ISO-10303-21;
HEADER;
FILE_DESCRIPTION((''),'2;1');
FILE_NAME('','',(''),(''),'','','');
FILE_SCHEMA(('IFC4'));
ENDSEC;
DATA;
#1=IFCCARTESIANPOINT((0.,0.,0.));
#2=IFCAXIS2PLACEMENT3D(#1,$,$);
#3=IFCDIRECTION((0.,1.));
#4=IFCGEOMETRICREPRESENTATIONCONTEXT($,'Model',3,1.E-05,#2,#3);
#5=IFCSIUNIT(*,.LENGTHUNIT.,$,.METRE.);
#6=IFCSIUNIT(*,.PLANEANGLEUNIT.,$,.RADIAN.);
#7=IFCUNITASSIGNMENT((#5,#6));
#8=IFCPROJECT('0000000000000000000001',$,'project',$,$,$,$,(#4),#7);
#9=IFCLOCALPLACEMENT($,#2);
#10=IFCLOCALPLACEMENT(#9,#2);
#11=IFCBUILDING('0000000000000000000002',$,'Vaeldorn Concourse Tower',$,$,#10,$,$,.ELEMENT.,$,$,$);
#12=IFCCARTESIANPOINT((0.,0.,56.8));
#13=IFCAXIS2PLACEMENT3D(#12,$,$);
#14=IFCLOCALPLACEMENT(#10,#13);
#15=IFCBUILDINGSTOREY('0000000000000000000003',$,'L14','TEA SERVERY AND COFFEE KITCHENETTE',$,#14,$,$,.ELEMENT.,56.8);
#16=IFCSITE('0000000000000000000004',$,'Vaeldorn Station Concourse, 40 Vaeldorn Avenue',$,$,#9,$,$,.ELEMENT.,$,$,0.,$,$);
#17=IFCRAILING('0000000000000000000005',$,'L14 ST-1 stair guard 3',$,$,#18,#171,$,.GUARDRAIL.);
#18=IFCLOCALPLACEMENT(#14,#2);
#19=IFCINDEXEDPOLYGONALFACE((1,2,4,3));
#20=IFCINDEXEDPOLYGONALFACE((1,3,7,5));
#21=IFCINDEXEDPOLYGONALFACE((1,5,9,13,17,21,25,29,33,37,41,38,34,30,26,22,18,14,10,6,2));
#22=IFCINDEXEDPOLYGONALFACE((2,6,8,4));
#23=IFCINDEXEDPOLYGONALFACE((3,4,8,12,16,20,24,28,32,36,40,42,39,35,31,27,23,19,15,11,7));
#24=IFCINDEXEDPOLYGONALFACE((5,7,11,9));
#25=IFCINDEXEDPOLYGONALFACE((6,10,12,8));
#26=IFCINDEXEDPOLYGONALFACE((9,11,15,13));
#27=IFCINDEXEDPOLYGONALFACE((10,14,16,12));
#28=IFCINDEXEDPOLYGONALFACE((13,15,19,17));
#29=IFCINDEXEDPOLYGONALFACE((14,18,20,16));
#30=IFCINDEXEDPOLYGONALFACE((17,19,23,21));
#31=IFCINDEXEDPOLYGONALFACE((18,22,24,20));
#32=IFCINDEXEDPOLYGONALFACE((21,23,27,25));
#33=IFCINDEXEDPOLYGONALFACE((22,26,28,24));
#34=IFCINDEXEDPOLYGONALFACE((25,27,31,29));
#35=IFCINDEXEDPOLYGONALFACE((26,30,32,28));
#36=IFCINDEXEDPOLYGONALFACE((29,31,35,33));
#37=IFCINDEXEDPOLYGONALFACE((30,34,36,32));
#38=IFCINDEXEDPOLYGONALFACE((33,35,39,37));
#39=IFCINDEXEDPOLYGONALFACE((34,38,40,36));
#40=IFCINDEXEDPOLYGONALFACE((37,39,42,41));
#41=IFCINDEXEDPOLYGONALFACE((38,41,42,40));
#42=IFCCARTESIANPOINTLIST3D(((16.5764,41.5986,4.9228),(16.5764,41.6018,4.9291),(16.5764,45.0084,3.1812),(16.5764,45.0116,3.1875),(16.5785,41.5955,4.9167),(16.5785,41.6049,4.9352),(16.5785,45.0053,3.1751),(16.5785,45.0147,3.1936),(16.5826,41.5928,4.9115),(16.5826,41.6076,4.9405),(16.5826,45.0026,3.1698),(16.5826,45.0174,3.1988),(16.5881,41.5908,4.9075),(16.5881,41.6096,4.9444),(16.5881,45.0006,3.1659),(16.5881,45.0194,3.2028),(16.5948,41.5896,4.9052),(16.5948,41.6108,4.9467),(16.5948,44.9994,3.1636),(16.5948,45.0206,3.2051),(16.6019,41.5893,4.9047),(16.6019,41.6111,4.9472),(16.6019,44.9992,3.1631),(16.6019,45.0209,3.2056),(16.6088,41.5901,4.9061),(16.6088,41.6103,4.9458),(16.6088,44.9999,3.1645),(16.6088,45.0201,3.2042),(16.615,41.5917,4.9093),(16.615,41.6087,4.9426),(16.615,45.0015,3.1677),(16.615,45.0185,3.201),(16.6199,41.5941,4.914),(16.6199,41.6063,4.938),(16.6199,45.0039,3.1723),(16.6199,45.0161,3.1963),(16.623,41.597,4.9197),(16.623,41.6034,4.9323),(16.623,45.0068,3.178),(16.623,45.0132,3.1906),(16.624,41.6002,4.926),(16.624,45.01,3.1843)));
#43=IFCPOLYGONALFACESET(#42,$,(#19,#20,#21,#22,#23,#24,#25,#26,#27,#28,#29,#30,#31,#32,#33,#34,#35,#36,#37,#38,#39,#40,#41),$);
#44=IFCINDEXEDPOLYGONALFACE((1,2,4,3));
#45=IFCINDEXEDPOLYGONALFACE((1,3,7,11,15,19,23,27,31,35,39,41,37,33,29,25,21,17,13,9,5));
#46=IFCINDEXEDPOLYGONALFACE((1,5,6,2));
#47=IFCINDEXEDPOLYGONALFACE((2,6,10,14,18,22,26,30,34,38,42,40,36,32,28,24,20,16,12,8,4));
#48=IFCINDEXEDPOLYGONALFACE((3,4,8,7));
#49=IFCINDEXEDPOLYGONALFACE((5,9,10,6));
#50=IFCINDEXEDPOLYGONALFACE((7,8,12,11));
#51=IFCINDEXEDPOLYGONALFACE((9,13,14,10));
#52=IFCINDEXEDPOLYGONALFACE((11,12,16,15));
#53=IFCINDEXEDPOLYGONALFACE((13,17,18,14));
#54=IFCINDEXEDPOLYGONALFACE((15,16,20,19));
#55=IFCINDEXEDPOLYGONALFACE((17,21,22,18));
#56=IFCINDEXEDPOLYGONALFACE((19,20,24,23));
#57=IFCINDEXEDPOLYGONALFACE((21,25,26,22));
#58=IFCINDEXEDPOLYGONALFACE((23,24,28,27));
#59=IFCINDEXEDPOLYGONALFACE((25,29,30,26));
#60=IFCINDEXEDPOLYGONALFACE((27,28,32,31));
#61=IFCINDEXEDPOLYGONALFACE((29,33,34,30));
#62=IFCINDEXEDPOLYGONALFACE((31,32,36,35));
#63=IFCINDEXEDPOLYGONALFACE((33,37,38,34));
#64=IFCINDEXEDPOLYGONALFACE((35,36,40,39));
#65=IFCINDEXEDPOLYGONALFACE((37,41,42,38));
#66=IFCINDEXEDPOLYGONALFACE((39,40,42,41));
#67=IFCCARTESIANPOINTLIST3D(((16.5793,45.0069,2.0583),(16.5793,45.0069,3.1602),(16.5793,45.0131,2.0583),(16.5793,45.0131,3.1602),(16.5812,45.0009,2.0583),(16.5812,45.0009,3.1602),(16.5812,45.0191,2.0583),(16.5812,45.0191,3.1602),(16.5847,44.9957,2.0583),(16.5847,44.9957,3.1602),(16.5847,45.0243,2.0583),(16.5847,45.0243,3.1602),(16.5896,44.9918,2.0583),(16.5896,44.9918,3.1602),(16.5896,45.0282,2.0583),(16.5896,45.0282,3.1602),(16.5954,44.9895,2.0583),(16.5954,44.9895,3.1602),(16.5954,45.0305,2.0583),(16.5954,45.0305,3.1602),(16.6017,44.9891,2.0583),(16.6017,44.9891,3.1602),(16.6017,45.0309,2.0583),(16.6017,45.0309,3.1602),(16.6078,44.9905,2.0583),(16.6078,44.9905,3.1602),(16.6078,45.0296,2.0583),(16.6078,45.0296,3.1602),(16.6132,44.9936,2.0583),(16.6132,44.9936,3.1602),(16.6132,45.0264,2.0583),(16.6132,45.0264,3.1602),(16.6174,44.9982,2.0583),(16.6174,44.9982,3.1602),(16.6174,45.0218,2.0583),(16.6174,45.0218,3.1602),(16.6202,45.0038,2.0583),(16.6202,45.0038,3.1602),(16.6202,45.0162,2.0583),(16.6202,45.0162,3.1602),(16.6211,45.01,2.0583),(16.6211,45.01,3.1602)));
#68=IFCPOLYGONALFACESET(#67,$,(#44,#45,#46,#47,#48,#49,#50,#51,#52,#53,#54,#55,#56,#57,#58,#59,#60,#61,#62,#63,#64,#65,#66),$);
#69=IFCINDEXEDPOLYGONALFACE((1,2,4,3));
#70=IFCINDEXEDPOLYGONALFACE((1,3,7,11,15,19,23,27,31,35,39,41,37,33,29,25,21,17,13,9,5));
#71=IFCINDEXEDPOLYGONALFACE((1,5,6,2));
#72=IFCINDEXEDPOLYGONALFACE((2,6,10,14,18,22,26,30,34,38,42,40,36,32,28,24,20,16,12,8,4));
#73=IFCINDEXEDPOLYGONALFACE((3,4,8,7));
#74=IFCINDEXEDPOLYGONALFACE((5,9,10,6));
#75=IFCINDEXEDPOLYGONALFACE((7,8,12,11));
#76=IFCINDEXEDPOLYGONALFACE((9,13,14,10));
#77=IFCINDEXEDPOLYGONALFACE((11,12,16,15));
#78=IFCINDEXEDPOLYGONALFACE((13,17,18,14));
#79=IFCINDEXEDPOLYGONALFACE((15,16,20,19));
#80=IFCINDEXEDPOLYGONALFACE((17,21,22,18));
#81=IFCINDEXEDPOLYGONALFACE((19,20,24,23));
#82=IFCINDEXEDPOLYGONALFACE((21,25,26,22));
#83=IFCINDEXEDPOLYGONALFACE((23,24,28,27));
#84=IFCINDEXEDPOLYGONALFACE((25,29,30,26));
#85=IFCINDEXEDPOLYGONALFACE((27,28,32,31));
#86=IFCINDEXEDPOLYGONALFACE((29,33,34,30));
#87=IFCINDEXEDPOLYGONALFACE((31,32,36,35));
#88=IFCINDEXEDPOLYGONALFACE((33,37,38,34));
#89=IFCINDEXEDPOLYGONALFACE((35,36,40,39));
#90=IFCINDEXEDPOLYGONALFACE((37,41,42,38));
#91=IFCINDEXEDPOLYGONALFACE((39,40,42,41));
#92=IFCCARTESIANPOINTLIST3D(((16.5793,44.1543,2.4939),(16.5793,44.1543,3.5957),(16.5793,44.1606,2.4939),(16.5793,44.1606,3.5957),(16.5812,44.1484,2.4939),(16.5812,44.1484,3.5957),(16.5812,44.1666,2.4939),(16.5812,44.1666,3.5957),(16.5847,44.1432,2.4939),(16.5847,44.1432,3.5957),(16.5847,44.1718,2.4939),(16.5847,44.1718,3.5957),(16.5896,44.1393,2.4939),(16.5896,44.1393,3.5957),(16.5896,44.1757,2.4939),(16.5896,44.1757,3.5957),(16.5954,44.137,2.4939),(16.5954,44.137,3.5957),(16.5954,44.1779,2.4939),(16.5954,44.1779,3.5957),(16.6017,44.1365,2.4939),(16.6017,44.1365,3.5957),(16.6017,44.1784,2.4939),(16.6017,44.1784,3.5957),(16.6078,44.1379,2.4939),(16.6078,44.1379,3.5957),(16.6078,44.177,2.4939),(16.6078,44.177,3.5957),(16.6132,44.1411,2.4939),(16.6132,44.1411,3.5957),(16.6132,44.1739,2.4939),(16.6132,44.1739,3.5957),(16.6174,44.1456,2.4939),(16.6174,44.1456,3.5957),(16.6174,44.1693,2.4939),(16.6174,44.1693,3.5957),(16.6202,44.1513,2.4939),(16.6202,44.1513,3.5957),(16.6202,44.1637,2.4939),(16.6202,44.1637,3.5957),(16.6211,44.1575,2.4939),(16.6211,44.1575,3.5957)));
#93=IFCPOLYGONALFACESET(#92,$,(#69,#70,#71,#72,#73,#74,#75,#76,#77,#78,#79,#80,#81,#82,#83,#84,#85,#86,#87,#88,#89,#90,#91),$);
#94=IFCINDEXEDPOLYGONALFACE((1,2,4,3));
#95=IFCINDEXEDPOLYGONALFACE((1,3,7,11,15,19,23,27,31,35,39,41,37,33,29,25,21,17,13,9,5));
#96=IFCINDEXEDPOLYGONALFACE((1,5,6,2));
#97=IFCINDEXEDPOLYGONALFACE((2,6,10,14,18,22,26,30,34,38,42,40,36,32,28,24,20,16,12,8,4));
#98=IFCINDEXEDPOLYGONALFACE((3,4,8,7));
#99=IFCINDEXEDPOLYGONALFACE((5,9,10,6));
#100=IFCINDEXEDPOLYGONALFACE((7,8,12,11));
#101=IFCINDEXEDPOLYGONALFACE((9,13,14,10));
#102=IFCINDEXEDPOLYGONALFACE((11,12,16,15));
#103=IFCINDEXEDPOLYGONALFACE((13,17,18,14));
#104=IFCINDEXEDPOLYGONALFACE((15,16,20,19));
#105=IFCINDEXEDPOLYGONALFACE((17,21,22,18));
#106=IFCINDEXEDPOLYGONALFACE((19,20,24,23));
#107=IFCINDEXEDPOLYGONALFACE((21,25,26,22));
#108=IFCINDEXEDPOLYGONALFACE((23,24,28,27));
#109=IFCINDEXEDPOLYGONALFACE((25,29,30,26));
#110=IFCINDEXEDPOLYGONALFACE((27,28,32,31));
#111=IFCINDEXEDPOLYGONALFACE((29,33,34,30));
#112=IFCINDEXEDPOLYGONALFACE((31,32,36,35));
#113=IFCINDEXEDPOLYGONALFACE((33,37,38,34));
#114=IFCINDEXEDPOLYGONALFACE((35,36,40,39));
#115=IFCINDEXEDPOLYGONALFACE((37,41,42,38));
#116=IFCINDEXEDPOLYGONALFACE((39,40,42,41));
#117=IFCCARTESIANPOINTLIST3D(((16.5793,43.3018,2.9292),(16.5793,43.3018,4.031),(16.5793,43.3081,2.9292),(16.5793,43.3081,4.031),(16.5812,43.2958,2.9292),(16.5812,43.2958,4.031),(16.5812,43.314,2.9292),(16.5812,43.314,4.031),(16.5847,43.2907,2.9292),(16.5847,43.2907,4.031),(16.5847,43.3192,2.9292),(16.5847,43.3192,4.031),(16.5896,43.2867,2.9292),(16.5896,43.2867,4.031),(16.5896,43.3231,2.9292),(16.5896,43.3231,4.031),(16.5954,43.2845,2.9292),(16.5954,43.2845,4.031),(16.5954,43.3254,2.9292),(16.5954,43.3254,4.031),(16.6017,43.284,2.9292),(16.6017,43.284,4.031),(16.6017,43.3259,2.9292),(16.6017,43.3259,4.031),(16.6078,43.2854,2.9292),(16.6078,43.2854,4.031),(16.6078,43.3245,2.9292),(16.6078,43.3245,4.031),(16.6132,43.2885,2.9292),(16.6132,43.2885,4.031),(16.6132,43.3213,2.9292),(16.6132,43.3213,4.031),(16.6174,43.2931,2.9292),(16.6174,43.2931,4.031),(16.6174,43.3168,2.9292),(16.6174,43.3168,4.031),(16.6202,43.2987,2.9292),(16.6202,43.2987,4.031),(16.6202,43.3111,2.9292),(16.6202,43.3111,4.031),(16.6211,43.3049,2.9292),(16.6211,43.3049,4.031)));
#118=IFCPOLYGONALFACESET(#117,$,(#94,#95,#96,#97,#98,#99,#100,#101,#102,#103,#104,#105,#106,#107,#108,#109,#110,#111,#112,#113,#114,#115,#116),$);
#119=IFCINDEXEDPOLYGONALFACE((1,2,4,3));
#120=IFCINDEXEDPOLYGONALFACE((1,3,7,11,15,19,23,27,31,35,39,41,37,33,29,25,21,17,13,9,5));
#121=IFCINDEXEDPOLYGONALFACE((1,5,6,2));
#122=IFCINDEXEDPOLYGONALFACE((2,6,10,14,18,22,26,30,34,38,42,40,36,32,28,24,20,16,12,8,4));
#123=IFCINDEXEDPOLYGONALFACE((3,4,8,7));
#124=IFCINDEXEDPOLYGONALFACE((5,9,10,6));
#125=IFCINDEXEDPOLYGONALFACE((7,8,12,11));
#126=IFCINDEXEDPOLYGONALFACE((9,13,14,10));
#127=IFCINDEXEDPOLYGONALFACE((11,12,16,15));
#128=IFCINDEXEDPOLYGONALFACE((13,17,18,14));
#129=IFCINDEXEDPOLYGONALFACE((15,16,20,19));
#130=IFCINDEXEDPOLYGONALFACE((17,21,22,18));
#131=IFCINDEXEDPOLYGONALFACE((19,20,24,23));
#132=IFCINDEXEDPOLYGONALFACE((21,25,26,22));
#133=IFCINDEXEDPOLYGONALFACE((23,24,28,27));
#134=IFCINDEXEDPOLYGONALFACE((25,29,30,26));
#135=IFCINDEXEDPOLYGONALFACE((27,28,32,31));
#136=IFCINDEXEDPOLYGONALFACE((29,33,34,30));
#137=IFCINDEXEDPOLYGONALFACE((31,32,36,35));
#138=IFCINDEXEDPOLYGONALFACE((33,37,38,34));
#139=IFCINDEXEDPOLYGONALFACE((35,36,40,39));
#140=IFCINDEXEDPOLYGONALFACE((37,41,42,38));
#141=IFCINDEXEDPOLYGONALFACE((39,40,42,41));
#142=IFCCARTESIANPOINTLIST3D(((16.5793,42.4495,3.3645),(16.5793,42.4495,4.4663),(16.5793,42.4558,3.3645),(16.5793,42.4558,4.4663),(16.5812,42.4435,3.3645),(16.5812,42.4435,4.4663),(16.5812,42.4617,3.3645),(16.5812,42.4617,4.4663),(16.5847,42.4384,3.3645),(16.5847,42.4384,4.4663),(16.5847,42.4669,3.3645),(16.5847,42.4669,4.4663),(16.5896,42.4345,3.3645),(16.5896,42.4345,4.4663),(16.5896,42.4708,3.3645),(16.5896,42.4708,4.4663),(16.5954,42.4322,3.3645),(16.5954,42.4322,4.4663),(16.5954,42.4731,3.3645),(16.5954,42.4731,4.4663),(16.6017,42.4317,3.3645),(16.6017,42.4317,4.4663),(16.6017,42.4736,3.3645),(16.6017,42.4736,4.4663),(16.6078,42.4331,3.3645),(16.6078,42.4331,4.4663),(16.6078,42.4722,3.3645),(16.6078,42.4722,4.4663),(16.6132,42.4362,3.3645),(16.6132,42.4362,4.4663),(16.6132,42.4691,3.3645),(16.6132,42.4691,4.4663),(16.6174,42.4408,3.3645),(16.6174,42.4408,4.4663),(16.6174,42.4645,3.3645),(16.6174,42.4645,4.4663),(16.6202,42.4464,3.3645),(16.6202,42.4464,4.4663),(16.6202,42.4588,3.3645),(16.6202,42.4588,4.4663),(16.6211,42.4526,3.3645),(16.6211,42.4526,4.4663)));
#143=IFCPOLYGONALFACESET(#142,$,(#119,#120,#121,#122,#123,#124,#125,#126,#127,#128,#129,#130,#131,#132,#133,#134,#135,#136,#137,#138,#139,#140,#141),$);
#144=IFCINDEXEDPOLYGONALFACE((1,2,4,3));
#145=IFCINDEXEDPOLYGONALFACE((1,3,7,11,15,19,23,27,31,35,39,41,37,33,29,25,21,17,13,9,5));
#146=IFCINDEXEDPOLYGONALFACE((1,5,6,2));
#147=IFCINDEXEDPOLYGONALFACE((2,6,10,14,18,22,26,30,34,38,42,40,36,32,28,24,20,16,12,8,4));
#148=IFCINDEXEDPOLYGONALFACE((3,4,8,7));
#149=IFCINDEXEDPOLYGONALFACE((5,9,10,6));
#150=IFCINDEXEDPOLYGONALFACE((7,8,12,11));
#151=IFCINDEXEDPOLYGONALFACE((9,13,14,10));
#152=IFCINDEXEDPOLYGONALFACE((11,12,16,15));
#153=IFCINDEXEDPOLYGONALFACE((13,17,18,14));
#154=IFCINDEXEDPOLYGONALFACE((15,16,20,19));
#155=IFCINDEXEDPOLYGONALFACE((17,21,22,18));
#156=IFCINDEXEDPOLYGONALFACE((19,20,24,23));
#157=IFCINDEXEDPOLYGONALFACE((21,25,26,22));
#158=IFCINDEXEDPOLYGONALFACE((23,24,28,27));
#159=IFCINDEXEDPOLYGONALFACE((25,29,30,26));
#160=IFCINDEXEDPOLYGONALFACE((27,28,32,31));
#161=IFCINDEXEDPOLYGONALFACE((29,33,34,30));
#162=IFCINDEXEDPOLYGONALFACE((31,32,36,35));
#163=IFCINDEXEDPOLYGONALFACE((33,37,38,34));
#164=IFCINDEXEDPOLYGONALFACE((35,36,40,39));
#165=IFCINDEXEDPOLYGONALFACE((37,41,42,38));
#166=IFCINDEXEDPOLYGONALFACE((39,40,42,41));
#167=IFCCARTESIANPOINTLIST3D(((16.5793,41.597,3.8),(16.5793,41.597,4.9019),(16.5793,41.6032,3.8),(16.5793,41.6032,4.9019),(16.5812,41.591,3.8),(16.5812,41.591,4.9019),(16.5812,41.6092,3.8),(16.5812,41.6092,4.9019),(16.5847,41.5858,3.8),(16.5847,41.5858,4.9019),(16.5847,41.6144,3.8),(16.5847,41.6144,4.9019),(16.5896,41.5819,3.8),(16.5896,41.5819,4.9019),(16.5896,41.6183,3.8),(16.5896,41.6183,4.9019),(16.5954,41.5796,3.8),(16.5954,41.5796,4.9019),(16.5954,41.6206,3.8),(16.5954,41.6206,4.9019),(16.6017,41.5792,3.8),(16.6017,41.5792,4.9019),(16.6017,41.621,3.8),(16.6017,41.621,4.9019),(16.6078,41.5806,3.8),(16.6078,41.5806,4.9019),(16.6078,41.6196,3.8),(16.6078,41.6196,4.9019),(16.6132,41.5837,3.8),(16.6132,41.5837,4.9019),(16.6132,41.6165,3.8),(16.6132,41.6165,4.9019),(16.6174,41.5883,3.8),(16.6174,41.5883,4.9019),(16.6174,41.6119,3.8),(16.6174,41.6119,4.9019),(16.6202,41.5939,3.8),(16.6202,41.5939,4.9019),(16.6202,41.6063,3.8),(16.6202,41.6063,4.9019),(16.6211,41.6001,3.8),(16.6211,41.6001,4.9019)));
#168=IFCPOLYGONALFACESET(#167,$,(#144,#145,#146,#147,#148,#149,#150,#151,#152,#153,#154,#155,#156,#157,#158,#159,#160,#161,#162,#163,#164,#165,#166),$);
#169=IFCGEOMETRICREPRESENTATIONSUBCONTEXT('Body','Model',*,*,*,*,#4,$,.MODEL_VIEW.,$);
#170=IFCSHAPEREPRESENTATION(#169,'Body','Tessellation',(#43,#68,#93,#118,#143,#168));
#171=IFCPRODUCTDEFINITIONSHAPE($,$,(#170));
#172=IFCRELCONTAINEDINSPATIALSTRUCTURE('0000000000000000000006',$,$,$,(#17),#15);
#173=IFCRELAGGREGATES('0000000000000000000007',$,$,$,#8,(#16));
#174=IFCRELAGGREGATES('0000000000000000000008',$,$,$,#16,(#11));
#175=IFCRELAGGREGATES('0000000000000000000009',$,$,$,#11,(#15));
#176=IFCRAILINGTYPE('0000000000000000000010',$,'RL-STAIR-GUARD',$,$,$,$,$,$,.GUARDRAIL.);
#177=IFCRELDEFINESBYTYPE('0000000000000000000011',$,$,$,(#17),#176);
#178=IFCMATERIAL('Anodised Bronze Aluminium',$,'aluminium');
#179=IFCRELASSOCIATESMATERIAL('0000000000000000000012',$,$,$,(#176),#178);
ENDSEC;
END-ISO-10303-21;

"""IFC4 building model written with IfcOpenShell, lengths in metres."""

from ifc_helpers import new_model, si_unit, direction, frame, origin, origin_2d, place, context, subcontext, project, spatial, circle, extrude, material, type_object, element, save


model = new_model("IFC4")

# Units and contexts
model_context = context("Model", 3, precision=1e-05, world=origin(), true_north=direction((0.0, 1.0)))
body_context = subcontext(model_context, "Body", "Model", "MODEL_VIEW")
ifc_project = project(units=[si_unit("LENGTHUNIT", "METRE"), si_unit("PLANEANGLEUNIT", "RADIAN")], contexts=[model_context])

# Site, building, storey
site_placement = place(None, origin())
site = spatial("IfcSite", under=ifc_project, at=site_placement, Name="Vaeldorn Station Concourse, 40 Vaeldorn Avenue", CompositionType="ELEMENT", RefElevation=0.0)
building_placement = place(site_placement, origin())
building = spatial("IfcBuilding", under=site, at=building_placement, Name="Vaeldorn Concourse Tower", CompositionType="ELEMENT")
storey_placement = place(building_placement, frame((0.0, 0.0, 56.8)))
storey = spatial("IfcBuildingStorey", under=building, at=storey_placement, Name="L14", Description="TEA SERVERY AND COFFEE KITCHENETTE", CompositionType="ELEMENT", Elevation=56.8)

# Shared definitions
ifc_material_1 = material(Name="Anodised Bronze Aluminium", Category="aluminium")

# Railing
railing_type_1 = type_object("IfcRailingType", Name="RL-STAIR-GUARD", PredefinedType="GUARDRAIL", material=ifc_material_1)
railing_1_placement = place(storey_placement, frame((16.6001, 45.01, 2.0583)))
element("IfcRailing", 1, at=railing_1_placement, inside=storey, type_object=railing_type_1, Name="L14 ST-1 stair guard 3", PredefinedType="GUARDRAIL", context=body_context, shape_type="SweptSolid", body=[
    extrude(circle(Radius=0.0239, at=origin_2d()), frame((0.0, 0.0, 1.126), z_axis=(0.0, -0.890556, 0.454874), x_axis=(1.0, 0.0, 0.0)), (0.0, 0.0, 1.0), 3.8289),
    extrude(circle(Radius=0.021, at=origin_2d()), origin(), (0.0, 0.0, 1.0), 1.1018),
    extrude(circle(Radius=0.021, at=origin_2d()), frame((0.0, -0.8525, 0.4355)), (0.0, 0.0, 1.0), 1.1018),
    extrude(circle(Radius=0.021, at=origin_2d()), frame((0.0, -1.7051, 0.8708)), (0.0, 0.0, 1.0), 1.1018),
    extrude(circle(Radius=0.021, at=origin_2d()), frame((0.0, -2.5574, 1.3062)), (0.0, 0.0, 1.0), 1.1018),
    extrude(circle(Radius=0.021, at=origin_2d()), frame((0.0, -3.4099, 1.7417)), (0.0, 0.0, 1.0), 1.1018),
])

save(model, "model.ifc")
